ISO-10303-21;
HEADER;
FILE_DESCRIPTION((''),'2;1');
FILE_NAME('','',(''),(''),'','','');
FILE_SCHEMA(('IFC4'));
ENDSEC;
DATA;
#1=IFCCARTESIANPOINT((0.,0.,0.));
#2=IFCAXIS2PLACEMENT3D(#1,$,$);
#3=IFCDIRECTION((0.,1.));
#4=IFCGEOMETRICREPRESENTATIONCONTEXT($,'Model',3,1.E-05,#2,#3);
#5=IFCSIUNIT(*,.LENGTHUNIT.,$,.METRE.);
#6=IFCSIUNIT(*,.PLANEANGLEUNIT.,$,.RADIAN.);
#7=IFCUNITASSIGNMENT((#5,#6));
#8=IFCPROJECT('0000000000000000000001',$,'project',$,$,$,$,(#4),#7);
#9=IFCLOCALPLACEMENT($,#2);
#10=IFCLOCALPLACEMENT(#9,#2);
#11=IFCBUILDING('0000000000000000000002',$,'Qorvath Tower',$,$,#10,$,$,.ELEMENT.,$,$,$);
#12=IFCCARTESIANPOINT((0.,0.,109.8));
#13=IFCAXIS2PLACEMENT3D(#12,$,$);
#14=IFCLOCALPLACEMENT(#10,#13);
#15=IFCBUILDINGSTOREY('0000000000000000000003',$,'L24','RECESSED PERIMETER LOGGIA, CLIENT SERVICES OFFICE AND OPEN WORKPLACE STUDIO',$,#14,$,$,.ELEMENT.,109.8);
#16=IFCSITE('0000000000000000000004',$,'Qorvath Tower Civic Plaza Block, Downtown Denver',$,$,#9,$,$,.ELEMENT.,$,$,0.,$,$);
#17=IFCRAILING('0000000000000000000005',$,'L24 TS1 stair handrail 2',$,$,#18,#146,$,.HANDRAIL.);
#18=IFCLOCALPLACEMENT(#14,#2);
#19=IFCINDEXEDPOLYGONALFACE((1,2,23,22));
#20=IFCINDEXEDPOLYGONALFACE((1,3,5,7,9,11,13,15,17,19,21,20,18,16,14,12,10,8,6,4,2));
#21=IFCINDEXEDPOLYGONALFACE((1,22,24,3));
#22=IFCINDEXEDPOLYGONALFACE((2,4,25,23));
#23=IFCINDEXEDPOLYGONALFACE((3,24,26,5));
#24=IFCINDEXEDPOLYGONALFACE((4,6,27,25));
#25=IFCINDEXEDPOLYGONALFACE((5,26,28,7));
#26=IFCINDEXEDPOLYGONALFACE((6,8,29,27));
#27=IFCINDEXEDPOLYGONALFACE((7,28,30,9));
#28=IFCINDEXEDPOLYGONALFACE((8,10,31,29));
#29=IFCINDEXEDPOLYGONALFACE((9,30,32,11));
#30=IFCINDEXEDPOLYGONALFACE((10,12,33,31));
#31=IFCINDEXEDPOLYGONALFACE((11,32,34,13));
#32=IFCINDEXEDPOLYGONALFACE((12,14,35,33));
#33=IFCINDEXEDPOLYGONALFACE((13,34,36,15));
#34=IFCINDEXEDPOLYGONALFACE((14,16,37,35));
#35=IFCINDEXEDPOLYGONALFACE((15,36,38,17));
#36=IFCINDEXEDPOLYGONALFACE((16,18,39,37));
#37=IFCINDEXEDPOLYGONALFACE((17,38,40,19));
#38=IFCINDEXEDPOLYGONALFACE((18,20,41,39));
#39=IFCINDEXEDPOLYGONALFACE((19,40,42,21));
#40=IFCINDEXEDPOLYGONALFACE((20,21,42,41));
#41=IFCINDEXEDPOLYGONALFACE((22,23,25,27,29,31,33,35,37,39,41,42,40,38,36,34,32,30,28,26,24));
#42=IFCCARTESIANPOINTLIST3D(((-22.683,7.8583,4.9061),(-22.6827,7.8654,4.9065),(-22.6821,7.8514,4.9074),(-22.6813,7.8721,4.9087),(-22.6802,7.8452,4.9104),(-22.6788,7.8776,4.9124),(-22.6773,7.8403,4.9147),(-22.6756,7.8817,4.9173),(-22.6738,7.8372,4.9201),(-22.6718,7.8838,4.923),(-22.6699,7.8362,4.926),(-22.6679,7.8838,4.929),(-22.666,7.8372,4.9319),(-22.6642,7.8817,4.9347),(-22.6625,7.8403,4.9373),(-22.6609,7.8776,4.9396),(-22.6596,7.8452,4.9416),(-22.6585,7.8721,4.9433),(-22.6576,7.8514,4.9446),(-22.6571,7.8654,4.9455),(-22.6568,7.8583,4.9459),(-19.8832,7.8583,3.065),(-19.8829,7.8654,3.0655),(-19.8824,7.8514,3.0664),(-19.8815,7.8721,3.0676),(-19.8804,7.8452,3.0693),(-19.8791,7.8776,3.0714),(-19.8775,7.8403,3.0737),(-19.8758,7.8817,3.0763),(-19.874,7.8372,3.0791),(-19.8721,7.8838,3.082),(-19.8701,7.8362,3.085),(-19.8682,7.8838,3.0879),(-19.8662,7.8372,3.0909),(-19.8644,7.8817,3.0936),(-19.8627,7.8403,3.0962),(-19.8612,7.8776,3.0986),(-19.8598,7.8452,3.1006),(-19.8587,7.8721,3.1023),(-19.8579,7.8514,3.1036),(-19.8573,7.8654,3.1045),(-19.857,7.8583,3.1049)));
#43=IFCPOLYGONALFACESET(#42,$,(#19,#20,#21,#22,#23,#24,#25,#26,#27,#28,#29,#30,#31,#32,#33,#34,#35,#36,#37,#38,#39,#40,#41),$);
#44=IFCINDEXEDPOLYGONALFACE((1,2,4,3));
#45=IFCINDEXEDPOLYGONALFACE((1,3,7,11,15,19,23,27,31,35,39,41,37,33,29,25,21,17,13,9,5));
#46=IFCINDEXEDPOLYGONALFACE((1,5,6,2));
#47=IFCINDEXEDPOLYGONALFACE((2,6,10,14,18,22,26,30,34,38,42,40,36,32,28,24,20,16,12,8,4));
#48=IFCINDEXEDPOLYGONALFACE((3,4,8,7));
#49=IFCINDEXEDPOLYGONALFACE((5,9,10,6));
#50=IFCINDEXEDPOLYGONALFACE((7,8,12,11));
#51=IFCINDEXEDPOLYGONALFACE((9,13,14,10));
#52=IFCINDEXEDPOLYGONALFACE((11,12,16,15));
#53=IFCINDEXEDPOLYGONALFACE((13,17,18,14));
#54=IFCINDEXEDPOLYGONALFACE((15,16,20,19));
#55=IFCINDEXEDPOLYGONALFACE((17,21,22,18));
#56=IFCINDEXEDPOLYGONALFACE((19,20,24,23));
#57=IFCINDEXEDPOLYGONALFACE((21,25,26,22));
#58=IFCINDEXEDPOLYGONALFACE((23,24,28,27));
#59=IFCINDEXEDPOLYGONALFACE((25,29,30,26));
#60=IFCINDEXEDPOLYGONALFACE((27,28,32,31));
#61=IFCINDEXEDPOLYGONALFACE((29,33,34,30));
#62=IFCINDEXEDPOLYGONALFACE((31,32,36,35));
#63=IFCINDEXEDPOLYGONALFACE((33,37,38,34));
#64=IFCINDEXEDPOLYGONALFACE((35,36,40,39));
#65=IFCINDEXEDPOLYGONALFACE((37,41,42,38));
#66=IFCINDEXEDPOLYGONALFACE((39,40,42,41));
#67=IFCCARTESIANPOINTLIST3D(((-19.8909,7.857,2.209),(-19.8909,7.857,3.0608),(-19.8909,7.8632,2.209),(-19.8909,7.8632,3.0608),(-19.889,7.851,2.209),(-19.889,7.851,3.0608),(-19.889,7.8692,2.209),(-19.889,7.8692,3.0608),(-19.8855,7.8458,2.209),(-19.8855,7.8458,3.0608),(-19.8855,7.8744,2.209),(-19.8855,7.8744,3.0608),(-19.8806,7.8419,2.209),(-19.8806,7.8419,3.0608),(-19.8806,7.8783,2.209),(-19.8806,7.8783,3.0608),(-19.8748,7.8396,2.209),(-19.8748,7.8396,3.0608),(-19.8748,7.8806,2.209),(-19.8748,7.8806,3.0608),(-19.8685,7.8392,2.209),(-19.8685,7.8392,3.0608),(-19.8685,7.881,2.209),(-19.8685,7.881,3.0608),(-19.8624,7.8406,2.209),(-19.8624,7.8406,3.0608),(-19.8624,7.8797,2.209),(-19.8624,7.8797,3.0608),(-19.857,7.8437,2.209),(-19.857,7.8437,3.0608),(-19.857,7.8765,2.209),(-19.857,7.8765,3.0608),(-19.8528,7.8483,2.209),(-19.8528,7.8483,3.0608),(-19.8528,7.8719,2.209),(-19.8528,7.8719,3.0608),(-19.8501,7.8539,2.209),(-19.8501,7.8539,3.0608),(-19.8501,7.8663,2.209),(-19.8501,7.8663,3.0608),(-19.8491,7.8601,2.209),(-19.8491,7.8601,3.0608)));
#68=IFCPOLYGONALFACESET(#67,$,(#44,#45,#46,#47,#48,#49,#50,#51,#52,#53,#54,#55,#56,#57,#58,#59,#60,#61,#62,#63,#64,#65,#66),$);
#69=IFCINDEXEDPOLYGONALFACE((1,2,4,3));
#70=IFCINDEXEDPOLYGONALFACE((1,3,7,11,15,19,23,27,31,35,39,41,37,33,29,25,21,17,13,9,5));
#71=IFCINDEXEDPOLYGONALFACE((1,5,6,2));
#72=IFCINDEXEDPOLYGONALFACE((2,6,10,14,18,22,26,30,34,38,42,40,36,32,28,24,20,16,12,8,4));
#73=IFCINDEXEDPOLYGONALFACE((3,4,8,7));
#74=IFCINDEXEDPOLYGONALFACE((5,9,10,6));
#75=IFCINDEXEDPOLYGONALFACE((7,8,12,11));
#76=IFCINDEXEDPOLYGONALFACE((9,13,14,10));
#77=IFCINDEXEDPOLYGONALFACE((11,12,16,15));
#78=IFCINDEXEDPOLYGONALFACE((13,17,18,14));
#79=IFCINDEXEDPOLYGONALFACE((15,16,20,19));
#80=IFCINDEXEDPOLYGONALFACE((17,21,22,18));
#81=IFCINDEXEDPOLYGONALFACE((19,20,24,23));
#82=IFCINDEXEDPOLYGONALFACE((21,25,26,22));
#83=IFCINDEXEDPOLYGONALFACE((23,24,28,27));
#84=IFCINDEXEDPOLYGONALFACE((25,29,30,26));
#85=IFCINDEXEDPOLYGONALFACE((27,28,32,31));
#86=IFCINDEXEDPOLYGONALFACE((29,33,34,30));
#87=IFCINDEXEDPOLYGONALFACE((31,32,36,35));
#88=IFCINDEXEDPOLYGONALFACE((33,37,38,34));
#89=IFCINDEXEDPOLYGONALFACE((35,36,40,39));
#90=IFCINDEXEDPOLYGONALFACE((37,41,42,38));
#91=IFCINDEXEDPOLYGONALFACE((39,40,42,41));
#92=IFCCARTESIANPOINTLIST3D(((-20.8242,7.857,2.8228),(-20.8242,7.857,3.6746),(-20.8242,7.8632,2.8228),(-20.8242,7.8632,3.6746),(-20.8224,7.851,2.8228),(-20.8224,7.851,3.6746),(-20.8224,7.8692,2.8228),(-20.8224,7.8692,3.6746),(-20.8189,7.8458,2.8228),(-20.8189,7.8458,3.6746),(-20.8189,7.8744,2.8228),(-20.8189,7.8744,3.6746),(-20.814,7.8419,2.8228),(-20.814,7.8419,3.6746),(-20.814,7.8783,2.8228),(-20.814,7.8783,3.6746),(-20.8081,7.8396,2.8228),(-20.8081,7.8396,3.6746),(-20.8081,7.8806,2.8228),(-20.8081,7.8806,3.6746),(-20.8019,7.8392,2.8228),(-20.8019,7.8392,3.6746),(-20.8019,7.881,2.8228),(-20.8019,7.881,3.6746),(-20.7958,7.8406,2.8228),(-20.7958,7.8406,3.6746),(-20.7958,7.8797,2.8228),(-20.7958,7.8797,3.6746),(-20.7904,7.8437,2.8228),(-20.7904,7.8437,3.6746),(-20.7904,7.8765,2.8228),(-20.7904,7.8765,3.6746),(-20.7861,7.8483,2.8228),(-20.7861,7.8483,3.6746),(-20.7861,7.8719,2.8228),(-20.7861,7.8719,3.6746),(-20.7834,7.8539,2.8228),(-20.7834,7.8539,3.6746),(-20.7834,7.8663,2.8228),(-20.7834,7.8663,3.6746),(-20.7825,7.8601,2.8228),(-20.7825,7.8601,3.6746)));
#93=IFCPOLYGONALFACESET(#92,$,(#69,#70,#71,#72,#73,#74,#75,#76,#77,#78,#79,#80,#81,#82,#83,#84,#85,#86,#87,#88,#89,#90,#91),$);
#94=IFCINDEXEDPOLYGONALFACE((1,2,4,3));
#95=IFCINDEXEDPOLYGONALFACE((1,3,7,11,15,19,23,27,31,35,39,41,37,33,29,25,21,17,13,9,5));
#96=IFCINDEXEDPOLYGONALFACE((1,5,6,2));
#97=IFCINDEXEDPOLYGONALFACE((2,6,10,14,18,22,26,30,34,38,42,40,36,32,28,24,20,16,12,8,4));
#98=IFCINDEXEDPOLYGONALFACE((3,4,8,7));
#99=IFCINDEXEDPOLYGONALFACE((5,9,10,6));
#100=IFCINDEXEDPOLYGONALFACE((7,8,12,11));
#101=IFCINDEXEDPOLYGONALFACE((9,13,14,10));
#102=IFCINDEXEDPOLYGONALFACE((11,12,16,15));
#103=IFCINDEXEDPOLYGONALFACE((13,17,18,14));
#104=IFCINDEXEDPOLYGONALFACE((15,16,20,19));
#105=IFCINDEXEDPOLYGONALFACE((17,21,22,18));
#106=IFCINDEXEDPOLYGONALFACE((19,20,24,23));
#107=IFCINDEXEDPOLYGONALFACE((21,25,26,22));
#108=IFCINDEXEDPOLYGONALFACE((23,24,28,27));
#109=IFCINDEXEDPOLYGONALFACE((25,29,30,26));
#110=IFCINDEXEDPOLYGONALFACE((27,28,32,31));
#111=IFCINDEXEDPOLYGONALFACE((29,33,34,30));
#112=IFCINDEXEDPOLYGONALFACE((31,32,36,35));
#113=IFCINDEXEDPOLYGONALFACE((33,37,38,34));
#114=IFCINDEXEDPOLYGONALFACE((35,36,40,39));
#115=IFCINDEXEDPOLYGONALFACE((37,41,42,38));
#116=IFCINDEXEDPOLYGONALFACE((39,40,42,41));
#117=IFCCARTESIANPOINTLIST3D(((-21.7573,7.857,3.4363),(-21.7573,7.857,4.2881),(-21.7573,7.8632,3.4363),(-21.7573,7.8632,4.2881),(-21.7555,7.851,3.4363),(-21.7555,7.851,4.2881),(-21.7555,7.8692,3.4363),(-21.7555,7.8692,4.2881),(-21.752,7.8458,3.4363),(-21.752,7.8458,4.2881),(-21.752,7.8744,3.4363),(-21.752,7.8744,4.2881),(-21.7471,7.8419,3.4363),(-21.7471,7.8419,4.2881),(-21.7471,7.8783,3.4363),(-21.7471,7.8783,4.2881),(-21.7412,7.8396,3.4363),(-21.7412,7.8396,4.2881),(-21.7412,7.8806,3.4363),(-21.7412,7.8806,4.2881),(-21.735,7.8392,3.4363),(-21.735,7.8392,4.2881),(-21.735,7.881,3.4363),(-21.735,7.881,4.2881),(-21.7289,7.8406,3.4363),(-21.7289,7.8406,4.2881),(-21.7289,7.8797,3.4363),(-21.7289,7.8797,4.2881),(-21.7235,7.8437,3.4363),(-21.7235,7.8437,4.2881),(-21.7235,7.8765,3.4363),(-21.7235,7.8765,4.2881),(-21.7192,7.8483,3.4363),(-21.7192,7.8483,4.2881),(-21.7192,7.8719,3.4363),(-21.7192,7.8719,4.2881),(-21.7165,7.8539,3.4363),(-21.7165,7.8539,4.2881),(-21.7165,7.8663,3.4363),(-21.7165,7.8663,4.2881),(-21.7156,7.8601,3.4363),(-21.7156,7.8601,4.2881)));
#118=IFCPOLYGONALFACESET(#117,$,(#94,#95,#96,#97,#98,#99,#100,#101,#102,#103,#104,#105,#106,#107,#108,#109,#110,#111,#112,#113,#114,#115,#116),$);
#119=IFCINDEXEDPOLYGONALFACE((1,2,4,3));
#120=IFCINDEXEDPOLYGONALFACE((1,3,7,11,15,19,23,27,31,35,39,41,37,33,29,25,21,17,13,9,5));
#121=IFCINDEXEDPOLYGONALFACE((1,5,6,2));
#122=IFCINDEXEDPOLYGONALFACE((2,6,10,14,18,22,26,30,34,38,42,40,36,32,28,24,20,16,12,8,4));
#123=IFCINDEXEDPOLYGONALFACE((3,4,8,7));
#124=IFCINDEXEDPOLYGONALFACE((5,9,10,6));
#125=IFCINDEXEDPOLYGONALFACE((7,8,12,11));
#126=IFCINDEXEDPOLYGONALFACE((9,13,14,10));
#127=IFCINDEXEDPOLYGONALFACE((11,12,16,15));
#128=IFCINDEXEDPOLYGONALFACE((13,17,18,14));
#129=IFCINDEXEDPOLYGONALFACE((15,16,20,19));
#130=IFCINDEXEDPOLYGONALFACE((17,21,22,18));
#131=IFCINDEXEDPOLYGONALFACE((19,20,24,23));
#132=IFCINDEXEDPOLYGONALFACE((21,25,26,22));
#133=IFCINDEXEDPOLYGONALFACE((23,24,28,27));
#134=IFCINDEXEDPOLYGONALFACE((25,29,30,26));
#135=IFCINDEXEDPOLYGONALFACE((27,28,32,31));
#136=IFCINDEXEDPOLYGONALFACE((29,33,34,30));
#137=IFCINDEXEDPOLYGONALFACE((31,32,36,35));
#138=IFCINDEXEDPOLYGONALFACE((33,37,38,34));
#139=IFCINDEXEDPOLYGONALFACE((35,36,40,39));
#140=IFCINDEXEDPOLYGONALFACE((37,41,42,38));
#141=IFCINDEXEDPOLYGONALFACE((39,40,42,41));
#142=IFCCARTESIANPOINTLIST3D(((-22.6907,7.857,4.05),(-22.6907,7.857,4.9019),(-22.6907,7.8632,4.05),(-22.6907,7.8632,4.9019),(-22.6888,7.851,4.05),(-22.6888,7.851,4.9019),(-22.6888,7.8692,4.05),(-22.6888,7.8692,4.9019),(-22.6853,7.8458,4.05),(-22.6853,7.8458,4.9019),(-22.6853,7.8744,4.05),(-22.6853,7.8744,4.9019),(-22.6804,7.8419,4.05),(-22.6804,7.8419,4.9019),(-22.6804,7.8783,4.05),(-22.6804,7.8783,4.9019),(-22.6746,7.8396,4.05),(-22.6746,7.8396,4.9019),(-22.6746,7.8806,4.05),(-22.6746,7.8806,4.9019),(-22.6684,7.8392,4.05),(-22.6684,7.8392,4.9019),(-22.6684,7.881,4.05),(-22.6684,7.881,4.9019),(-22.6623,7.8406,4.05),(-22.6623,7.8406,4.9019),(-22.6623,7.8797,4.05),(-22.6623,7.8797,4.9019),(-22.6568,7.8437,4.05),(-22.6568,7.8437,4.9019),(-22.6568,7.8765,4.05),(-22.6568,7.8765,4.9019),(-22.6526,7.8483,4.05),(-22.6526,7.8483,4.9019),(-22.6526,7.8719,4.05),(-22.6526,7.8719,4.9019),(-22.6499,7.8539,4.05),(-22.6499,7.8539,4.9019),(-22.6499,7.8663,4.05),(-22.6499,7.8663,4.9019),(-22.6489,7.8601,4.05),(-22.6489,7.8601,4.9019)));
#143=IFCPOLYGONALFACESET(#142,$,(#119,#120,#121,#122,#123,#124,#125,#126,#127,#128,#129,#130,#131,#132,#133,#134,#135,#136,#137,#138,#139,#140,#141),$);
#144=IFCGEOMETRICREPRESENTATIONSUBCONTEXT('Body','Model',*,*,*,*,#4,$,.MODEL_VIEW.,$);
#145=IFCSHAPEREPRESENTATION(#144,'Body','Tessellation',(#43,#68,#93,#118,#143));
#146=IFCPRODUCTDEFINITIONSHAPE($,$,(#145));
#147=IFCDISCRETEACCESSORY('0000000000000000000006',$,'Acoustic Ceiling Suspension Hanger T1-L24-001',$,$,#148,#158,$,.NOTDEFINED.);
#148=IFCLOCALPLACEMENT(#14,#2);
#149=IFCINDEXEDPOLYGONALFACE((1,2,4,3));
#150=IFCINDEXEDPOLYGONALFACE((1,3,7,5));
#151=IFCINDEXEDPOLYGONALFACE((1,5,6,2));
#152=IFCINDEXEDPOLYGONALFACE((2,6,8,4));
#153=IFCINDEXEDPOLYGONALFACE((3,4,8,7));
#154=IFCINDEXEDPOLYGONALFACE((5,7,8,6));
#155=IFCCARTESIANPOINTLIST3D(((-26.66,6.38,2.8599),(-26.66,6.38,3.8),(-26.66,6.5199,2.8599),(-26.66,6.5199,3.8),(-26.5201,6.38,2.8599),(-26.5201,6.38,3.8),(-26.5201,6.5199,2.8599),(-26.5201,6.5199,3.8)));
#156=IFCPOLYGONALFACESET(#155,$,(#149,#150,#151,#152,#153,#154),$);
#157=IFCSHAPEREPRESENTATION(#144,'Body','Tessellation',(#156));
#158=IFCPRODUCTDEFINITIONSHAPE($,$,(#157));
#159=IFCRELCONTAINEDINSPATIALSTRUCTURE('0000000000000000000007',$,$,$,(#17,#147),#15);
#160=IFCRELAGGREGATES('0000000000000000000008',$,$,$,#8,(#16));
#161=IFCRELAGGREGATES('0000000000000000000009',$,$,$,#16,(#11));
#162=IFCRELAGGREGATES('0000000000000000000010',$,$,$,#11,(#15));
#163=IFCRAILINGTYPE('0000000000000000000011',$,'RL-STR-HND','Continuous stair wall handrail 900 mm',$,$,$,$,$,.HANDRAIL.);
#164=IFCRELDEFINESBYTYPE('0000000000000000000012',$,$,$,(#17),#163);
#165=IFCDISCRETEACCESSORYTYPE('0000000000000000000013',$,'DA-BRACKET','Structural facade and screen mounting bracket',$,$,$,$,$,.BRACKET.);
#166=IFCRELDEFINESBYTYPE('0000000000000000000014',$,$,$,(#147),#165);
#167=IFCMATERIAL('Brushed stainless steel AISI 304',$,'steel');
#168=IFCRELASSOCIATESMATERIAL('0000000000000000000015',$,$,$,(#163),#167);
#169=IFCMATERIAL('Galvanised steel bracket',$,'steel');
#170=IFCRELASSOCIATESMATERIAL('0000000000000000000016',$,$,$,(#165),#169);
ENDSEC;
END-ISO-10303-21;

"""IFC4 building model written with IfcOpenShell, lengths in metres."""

from ifc_helpers import new_model, si_unit, direction, frame, origin, origin_2d, place, context, subcontext, project, spatial, rectangle, circle, extrude, material, type_object, element, save


model = new_model("IFC4")

# Units and contexts
model_context = context("Model", 3, precision=1e-05, world=origin(), true_north=direction((0.0, 1.0)))
body_context = subcontext(model_context, "Body", "Model", "MODEL_VIEW")
ifc_project = project(units=[si_unit("LENGTHUNIT", "METRE"), si_unit("PLANEANGLEUNIT", "RADIAN")], contexts=[model_context])

# Site, building, storey
site_placement = place(None, origin())
site = spatial("IfcSite", under=ifc_project, at=site_placement, Name="Qorvath Tower Civic Plaza Block, Downtown Denver", CompositionType="ELEMENT", RefElevation=0.0)
building_placement = place(site_placement, origin())
building = spatial("IfcBuilding", under=site, at=building_placement, Name="Qorvath Tower", CompositionType="ELEMENT")
storey_placement = place(building_placement, frame((0.0, 0.0, 109.8)))
storey = spatial("IfcBuildingStorey", under=building, at=storey_placement, Name="L24", Description="RECESSED PERIMETER LOGGIA, CLIENT SERVICES OFFICE AND OPEN WORKPLACE STUDIO", CompositionType="ELEMENT", Elevation=109.8)

# Railing
ifc_material_1 = material(Name="Brushed stainless steel AISI 304", Category="steel")
railing_type_1 = type_object("IfcRailingType", Name="RL-STR-HND", Description="Continuous stair wall handrail 900 mm", PredefinedType="HANDRAIL", material=ifc_material_1)
railing_1_placement = place(storey_placement, frame((-19.8701, 7.8601, 2.209)))
element("IfcRailing", 1, at=railing_1_placement, inside=storey, type_object=railing_type_1, Name="L24 TS1 stair handrail 2", PredefinedType="HANDRAIL", context=body_context, shape_type="SweptSolid", body=[
    extrude(circle(Radius=0.0239, at=origin_2d()), frame((0.0, 0.0, 0.876), z_axis=(-0.835542, 0.0, 0.549426), x_axis=(0.0, -1.0, 0.0)), (0.0, 0.0, 1.0), 3.3508),
    extrude(circle(Radius=0.021, at=origin_2d()), origin(), (0.0, 0.0, 1.0), 0.8518),
    extrude(circle(Radius=0.021, at=origin_2d()), frame((-0.9333, 0.0, 0.6138)), (0.0, 0.0, 1.0), 0.8518),
    extrude(circle(Radius=0.021, at=origin_2d()), frame((-1.8665, 0.0, 1.2273)), (0.0, 0.0, 1.0), 0.8518),
    extrude(circle(Radius=0.021, at=origin_2d()), frame((-2.7998, 0.0, 1.8411)), (0.0, 0.0, 1.0), 0.8518),
])

# Discrete accessory
ifc_material_2 = material(Name="Galvanised steel bracket", Category="steel")
discrete_accessory_type = type_object("IfcDiscreteAccessoryType", Name="DA-BRACKET", Description="Structural facade and screen mounting bracket", PredefinedType="BRACKET", material=ifc_material_2)
discrete_accessory_placement = place(storey_placement, frame((-26.5901, 6.45, 2.8599), z_axis=(0.0, 0.0, 1.0), x_axis=(1.0, 0.0, 0.0)))
element("IfcDiscreteAccessory", 2, at=discrete_accessory_placement, inside=storey, type_object=discrete_accessory_type, Name="Acoustic Ceiling Suspension Hanger T1-L24-001", PredefinedType="NOTDEFINED", context=body_context, shape_type="SweptSolid", body=[
    extrude(rectangle(XDim=0.1399, YDim=0.1399, at=origin_2d()), origin(), (0.0, 0.0, 1.0), 0.9402),
])

save(model, "model.ifc")
